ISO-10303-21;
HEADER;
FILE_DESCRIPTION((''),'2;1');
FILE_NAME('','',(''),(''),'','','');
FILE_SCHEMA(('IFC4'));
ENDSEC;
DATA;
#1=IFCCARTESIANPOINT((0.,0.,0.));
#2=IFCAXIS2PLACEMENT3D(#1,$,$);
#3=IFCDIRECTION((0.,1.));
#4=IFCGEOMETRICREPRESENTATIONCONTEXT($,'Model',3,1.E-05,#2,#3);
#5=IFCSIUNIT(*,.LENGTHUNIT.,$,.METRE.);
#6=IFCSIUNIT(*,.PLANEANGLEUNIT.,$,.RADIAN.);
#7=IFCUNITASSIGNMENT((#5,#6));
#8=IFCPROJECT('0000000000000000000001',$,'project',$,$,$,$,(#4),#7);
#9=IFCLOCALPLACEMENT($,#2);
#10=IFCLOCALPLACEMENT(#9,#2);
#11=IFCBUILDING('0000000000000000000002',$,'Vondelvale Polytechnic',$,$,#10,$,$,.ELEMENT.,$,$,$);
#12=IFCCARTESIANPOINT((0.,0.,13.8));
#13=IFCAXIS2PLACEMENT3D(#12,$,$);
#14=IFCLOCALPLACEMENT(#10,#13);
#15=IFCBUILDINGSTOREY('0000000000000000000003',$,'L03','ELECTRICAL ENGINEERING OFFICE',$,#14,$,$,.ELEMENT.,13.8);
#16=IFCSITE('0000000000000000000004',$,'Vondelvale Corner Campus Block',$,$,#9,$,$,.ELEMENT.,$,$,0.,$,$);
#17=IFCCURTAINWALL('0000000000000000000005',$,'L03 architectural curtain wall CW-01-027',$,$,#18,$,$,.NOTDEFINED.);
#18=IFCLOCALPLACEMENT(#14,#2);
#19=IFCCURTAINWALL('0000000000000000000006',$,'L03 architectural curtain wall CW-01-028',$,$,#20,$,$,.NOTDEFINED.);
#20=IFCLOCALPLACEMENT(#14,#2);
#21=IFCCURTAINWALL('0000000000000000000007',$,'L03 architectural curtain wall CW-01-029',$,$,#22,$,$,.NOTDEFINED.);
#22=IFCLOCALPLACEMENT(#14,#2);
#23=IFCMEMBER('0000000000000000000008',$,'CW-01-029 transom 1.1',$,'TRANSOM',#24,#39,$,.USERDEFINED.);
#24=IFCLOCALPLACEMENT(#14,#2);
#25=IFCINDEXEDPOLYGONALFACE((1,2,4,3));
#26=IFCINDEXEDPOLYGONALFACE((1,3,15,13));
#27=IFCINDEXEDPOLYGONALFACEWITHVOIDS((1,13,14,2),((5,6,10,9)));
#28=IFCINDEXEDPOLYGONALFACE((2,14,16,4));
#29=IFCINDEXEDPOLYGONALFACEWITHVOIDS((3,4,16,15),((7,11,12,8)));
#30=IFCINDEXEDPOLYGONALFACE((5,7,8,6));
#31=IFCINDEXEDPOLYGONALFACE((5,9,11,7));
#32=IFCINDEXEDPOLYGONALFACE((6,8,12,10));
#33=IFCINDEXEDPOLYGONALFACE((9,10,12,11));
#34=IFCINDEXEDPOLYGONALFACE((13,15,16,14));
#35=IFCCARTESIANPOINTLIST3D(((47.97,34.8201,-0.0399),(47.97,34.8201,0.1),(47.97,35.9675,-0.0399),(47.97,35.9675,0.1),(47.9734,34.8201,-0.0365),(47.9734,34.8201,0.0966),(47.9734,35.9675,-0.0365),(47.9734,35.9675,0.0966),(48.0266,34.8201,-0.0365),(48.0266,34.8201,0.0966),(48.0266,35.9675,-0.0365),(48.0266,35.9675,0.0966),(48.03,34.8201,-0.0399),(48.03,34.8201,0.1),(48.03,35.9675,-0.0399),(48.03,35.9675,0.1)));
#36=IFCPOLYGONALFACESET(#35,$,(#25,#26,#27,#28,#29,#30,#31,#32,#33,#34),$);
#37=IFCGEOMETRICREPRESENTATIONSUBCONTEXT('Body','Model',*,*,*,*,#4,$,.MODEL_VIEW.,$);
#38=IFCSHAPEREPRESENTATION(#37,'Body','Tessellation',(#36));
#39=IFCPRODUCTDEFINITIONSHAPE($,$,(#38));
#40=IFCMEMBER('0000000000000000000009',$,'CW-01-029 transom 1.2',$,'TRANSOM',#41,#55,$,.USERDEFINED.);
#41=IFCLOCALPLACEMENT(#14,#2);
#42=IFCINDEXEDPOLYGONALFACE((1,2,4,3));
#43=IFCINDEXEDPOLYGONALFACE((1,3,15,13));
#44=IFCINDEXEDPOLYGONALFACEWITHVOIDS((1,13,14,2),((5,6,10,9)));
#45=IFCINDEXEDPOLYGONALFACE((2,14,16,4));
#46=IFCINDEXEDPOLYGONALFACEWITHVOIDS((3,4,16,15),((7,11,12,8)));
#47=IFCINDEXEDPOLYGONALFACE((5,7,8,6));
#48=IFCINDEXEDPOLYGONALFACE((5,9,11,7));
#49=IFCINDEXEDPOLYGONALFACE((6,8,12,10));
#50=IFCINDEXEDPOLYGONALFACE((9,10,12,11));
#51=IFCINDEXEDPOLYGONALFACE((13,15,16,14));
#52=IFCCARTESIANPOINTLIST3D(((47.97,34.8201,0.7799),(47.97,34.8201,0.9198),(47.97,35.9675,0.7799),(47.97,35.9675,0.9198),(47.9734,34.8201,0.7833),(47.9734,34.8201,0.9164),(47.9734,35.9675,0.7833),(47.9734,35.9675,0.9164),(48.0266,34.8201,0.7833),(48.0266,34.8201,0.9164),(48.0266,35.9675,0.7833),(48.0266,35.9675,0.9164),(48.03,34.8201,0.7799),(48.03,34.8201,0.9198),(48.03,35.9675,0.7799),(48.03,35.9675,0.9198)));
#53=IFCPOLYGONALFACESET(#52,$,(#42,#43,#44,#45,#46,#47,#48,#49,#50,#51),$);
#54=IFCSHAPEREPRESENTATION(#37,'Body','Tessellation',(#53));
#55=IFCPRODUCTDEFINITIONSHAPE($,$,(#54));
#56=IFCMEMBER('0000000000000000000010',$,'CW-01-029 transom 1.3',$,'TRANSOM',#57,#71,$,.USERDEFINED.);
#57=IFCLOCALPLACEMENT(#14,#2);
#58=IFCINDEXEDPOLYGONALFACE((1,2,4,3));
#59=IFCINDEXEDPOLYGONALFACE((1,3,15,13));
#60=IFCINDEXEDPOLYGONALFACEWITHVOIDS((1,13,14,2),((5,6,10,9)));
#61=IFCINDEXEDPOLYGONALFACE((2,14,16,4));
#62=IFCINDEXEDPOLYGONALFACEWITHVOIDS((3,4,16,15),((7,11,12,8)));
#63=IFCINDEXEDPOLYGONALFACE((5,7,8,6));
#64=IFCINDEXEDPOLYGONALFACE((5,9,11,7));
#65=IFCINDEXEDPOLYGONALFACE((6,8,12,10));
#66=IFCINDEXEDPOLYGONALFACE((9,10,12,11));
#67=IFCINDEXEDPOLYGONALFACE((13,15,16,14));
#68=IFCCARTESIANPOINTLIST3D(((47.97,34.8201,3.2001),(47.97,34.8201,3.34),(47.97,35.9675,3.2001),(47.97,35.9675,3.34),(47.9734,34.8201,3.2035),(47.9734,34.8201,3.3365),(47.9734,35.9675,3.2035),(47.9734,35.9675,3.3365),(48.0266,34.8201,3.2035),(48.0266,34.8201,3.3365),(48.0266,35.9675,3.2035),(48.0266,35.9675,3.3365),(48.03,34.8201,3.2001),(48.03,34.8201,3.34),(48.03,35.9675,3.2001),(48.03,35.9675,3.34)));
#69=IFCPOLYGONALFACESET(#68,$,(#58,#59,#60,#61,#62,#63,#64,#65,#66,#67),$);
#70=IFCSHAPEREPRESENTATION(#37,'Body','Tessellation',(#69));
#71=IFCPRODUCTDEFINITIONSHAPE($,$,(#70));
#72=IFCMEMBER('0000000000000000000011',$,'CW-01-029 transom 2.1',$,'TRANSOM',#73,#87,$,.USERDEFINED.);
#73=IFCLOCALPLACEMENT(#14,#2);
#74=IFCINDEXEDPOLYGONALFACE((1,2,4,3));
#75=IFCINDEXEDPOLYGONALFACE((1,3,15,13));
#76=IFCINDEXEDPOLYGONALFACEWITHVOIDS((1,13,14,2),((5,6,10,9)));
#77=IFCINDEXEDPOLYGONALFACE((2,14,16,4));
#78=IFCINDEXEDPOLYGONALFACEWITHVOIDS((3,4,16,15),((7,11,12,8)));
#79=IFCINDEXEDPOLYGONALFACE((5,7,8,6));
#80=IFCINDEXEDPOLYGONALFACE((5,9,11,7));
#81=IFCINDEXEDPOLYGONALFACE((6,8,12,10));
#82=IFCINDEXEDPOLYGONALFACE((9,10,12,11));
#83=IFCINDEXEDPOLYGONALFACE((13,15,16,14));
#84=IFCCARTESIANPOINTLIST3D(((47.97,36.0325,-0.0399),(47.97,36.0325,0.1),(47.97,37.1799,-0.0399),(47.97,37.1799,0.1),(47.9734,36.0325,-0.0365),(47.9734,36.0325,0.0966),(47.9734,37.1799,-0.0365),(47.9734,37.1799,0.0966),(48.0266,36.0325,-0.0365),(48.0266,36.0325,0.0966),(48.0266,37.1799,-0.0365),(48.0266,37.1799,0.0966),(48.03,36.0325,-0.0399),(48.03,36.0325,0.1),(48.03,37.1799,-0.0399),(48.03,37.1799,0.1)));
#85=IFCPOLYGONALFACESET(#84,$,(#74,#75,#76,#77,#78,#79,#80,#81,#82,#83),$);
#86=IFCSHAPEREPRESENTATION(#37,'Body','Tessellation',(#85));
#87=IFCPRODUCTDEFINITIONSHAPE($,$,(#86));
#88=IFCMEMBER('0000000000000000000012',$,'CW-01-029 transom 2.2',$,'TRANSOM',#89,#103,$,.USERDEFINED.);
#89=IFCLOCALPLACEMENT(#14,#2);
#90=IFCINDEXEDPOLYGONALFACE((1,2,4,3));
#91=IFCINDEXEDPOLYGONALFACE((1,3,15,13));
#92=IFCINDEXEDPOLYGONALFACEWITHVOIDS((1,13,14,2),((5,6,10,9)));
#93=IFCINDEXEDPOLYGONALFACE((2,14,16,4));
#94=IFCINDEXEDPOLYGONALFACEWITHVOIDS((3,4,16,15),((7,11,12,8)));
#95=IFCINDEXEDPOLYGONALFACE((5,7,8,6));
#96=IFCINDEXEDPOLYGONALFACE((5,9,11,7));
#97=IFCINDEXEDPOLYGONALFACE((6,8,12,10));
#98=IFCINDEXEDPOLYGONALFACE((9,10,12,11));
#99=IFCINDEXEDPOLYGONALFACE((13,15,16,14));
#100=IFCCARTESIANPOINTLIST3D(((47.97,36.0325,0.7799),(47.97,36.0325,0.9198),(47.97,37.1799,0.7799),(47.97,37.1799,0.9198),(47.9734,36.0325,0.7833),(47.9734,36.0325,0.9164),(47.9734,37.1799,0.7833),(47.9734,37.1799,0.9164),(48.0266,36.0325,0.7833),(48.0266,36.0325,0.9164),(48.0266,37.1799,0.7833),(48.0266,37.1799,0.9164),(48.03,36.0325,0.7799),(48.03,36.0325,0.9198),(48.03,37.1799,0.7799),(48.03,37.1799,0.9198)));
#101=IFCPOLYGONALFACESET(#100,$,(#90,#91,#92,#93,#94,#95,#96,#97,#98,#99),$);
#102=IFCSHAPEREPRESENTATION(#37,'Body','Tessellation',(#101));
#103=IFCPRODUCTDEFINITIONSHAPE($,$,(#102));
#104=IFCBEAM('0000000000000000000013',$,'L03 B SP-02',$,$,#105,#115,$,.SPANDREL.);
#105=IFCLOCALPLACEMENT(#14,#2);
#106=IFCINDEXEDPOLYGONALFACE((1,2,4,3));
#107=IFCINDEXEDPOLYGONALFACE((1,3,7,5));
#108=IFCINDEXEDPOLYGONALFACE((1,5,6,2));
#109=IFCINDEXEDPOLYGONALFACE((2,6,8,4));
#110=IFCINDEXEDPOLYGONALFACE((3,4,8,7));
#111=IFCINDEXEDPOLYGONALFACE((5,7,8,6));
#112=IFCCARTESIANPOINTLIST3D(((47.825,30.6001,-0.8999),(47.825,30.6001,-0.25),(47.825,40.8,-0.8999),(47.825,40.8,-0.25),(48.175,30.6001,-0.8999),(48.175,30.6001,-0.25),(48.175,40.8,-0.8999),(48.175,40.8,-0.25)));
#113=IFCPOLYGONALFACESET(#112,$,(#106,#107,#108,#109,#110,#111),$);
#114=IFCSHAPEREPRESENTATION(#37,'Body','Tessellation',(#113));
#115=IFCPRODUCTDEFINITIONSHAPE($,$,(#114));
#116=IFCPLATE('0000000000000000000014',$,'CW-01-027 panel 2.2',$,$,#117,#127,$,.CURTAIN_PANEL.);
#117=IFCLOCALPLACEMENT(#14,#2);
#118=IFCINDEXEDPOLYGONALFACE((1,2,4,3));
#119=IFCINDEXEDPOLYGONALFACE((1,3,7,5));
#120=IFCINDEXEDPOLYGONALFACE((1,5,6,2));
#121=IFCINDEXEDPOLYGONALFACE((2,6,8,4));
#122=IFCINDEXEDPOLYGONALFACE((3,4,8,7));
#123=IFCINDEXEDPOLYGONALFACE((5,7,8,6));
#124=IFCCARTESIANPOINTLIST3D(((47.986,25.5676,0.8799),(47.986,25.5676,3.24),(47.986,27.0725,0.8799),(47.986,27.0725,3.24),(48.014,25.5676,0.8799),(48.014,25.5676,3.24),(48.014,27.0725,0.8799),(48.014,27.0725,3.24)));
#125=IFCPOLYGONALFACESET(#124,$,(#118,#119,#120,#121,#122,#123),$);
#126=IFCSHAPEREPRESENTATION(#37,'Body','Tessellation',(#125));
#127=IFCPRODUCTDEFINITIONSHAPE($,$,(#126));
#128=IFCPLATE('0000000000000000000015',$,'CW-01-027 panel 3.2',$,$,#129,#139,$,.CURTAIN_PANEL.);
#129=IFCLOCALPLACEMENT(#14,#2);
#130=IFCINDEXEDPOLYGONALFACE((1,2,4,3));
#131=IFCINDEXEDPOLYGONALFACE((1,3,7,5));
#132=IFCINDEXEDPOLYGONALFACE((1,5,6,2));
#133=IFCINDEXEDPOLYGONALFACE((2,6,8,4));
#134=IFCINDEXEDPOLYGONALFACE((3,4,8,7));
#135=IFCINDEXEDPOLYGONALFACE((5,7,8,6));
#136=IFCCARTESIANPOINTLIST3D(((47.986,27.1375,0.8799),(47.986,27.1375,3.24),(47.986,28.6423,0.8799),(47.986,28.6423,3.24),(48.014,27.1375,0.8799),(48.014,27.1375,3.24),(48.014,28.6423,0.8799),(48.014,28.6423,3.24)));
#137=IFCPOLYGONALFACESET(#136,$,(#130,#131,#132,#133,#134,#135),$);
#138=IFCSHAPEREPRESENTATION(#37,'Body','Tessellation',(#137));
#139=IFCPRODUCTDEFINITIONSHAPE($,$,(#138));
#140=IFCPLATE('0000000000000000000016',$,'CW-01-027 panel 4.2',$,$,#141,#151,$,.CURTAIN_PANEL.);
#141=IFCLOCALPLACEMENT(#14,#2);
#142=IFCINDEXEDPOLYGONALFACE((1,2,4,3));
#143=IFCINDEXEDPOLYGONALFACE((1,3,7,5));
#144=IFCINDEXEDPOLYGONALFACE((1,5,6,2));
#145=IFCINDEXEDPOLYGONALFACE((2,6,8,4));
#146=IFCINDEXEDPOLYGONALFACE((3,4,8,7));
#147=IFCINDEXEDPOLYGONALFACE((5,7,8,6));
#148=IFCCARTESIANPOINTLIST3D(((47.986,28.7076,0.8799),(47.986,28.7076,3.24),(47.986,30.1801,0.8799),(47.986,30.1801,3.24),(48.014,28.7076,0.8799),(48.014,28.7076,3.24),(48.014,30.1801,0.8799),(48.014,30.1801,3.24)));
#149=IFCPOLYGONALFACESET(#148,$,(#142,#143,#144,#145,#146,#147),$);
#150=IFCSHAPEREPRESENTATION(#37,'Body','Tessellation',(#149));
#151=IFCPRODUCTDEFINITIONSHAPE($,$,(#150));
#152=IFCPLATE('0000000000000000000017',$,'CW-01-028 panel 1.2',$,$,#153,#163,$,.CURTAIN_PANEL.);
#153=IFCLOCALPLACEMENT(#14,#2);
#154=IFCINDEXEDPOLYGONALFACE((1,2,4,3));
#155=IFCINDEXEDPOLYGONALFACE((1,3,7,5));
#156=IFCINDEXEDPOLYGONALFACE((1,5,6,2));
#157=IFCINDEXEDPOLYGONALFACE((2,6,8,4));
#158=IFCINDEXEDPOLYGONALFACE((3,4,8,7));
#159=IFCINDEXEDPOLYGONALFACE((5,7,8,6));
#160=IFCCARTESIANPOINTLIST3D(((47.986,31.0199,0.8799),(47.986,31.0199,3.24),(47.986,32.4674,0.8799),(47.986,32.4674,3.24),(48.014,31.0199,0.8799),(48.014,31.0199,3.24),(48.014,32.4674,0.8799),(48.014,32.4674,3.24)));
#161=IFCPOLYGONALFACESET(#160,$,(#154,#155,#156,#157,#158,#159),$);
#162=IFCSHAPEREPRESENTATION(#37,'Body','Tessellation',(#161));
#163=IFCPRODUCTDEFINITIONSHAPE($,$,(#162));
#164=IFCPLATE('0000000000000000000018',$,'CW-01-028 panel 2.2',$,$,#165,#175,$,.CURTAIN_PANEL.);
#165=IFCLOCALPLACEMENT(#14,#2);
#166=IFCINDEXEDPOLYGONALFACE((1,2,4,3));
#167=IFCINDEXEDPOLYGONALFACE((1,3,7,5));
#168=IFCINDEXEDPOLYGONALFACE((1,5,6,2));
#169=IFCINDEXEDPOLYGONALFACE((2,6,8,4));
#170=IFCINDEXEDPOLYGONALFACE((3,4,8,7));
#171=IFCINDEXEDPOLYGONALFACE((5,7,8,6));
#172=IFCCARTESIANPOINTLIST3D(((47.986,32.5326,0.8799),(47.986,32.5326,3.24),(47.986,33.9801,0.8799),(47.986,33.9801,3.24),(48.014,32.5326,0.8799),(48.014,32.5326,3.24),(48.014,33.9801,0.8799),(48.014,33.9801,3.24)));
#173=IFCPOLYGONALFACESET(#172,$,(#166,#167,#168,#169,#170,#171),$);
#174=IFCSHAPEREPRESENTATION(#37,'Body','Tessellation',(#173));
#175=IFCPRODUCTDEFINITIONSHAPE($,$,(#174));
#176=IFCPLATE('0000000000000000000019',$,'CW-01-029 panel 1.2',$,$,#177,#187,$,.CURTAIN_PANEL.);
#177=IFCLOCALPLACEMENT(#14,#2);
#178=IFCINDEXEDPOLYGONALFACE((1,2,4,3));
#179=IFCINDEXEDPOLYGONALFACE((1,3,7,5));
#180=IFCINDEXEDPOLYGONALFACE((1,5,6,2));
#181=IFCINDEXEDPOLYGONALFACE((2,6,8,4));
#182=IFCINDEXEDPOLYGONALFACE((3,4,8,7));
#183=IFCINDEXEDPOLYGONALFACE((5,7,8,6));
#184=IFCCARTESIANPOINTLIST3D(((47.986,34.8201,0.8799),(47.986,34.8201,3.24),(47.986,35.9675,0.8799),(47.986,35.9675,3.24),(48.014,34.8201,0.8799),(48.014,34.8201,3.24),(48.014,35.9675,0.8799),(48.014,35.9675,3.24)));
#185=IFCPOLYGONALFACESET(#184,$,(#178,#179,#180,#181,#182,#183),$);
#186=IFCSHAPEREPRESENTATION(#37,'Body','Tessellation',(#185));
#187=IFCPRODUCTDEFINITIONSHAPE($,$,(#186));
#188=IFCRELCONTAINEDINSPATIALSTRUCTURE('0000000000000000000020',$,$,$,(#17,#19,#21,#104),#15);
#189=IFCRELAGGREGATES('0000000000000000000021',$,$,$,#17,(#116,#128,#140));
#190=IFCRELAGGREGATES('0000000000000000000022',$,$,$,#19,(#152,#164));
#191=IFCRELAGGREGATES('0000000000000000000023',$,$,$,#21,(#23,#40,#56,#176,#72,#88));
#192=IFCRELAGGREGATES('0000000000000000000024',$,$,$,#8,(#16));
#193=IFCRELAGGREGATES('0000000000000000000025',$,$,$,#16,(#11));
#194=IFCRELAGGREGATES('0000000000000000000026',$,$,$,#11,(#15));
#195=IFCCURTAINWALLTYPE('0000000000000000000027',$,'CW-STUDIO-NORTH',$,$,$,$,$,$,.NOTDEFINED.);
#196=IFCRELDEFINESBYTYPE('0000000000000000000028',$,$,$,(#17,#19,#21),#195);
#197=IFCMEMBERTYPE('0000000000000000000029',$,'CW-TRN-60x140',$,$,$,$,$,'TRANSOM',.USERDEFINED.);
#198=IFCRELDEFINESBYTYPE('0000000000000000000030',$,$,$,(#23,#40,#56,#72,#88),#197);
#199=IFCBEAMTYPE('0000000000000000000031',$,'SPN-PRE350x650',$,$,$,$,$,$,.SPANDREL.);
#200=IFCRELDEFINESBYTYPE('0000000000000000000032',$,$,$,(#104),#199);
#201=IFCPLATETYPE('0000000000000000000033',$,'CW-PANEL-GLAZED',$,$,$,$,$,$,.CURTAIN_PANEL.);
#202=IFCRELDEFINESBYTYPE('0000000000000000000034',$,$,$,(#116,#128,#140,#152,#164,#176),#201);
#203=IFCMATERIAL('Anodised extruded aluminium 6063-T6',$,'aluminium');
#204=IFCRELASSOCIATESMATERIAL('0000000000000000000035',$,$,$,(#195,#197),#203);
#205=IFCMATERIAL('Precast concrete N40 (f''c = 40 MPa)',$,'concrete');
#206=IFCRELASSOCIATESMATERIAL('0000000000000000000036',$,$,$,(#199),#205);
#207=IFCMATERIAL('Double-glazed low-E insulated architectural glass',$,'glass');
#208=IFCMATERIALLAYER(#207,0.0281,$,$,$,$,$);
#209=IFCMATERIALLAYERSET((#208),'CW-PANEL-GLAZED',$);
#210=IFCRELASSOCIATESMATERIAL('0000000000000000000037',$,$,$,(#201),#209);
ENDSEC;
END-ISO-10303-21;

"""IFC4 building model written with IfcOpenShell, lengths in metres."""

from ifc_helpers import new_model, si_unit, direction, frame, origin, origin_2d, place, context, subcontext, project, spatial, rectangle, hollow_rectangle, extrude, material, layer, layer_set, material_profile, profile_set, type_object, element, aggregate, save


model = new_model("IFC4")

# Units and contexts
model_context = context("Model", 3, precision=1e-05, world=origin(), true_north=direction((0.0, 1.0)))
body_context = subcontext(model_context, "Body", "Model", "MODEL_VIEW")
ifc_project = project(units=[si_unit("LENGTHUNIT", "METRE"), si_unit("PLANEANGLEUNIT", "RADIAN")], contexts=[model_context])

# Site, building, storey
site_placement = place(None, origin())
site = spatial("IfcSite", under=ifc_project, at=site_placement, Name="Vondelvale Corner Campus Block", CompositionType="ELEMENT", RefElevation=0.0)
building_placement = place(site_placement, origin())
building = spatial("IfcBuilding", under=site, at=building_placement, Name="Vondelvale Polytechnic", CompositionType="ELEMENT")
storey_placement = place(building_placement, frame((0.0, 0.0, 13.8)))
storey = spatial("IfcBuildingStorey", under=building, at=storey_placement, Name="L03", Description="ELECTRICAL ENGINEERING OFFICE", CompositionType="ELEMENT", Elevation=13.8)

# Curtain walls
ifc_material_1 = material(Name="Anodised extruded aluminium 6063-T6", Category="aluminium")
curtain_wall_type = type_object("IfcCurtainWallType", Name="CW-STUDIO-NORTH", PredefinedType="NOTDEFINED", material=ifc_material_1)
curtain_wall_1_placement = place(storey_placement, origin())
curtain_wall_1 = element("IfcCurtainWall", 1, at=curtain_wall_1_placement, inside=storey, type_object=curtain_wall_type, Name="L03 architectural curtain wall CW-01-027", PredefinedType="NOTDEFINED")
curtain_wall_2_placement = place(storey_placement, origin())
curtain_wall_2 = element("IfcCurtainWall", 2, at=curtain_wall_2_placement, inside=storey, type_object=curtain_wall_type, Name="L03 architectural curtain wall CW-01-028", PredefinedType="NOTDEFINED")
curtain_wall_3_placement = place(storey_placement, origin())
curtain_wall_3 = element("IfcCurtainWall", 3, at=curtain_wall_3_placement, inside=storey, type_object=curtain_wall_type, Name="L03 architectural curtain wall CW-01-029", PredefinedType="NOTDEFINED")

# Members
ifc_material_profile_1 = material_profile(ifc_material_1, hollow_rectangle(XDim=0.0601, YDim=0.1399, WallThickness=0.0034, at=origin_2d()), Name="CW-TRN-140x60")
ifc_profile_set_1 = profile_set([ifc_material_profile_1], Name="Anodised extruded aluminium 6063-T6")
member_type_1 = type_object("IfcMemberType", Name="CW-TRN-60x140", ElementType="TRANSOM", PredefinedType="USERDEFINED", material=ifc_profile_set_1)
member_1_placement = place(storey_placement, frame((48.0, 34.8201, 0.03), z_axis=(0.0, 1.0, 0.0), x_axis=(-1.0, 0.0, 0.0)))
member_1 = element("IfcMember", 4, at=member_1_placement, type_object=member_type_1, Name="CW-01-029 transom 1.1", ObjectType="TRANSOM", PredefinedType="USERDEFINED", context=body_context, shape_type="SweptSolid", body=[
    extrude(hollow_rectangle(XDim=0.0601, YDim=0.1399, WallThickness=0.0034, at=origin_2d()), origin(), (0.0, 0.0, 1.0), 1.1475),
])
member_2_placement = place(storey_placement, frame((48.0, 34.8201, 0.8499), z_axis=(0.0, 1.0, 0.0), x_axis=(-1.0, 0.0, 0.0)))
member_2 = element("IfcMember", 5, at=member_2_placement, type_object=member_type_1, Name="CW-01-029 transom 1.2", ObjectType="TRANSOM", PredefinedType="USERDEFINED", context=body_context, shape_type="SweptSolid", body=[
    extrude(hollow_rectangle(XDim=0.0601, YDim=0.1399, WallThickness=0.0034, at=origin_2d()), origin(), (0.0, 0.0, 1.0), 1.1475),
])
member_3_placement = place(storey_placement, frame((48.0, 34.8201, 3.27), z_axis=(0.0, 1.0, 0.0), x_axis=(-1.0, 0.0, 0.0)))
member_3 = element("IfcMember", 6, at=member_3_placement, type_object=member_type_1, Name="CW-01-029 transom 1.3", ObjectType="TRANSOM", PredefinedType="USERDEFINED", context=body_context, shape_type="SweptSolid", body=[
    extrude(hollow_rectangle(XDim=0.0601, YDim=0.1399, WallThickness=0.0034, at=origin_2d()), origin(), (0.0, 0.0, 1.0), 1.1475),
])
member_4_placement = place(storey_placement, frame((48.0, 36.0325, 0.03), z_axis=(0.0, 1.0, 0.0), x_axis=(-1.0, 0.0, 0.0)))
member_4 = element("IfcMember", 7, at=member_4_placement, type_object=member_type_1, Name="CW-01-029 transom 2.1", ObjectType="TRANSOM", PredefinedType="USERDEFINED", context=body_context, shape_type="SweptSolid", body=[
    extrude(hollow_rectangle(XDim=0.0601, YDim=0.1399, WallThickness=0.0034, at=origin_2d()), origin(), (0.0, 0.0, 1.0), 1.1475),
])
member_5_placement = place(storey_placement, frame((48.0, 36.0325, 0.8499), z_axis=(0.0, 1.0, 0.0), x_axis=(-1.0, 0.0, 0.0)))
member_5 = element("IfcMember", 8, at=member_5_placement, type_object=member_type_1, Name="CW-01-029 transom 2.2", ObjectType="TRANSOM", PredefinedType="USERDEFINED", context=body_context, shape_type="SweptSolid", body=[
    extrude(hollow_rectangle(XDim=0.0601, YDim=0.1399, WallThickness=0.0034, at=origin_2d()), origin(), (0.0, 0.0, 1.0), 1.1475),
])

# Beam
ifc_material_2 = material(Name="Precast concrete N40 (f'c = 40 MPa)", Category="concrete")
ifc_material_profile_2 = material_profile(ifc_material_2, rectangle(XDim=0.3501, YDim=0.6499, at=origin_2d()), Name="RC-SPN-350x650")
ifc_profile_set_2 = profile_set([ifc_material_profile_2], Name="Precast concrete N40 (f'c = 40 MPa)")
beam_type = type_object("IfcBeamType", Name="SPN-PRE350x650", PredefinedType="SPANDREL", material=ifc_profile_set_2)
beam_placement = place(storey_placement, frame((48.0, 30.6001, -0.575), z_axis=(0.0, 1.0, 0.0), x_axis=(-1.0, 0.0, 0.0)))
element("IfcBeam", 9, at=beam_placement, inside=storey, type_object=beam_type, Name="L03 B SP-02", PredefinedType="SPANDREL", context=body_context, shape_type="SweptSolid", body=[
    extrude(rectangle(XDim=0.3501, YDim=0.6499, at=origin_2d()), origin(), (0.0, 0.0, 1.0), 10.2),
])

# Plates
ifc_material_3 = material(Name="Double-glazed low-E insulated architectural glass", Category="glass")
ifc_layer_1 = layer(ifc_material_3, 0.0281)
ifc_layer_set_1 = layer_set([ifc_layer_1], Name="CW-PANEL-GLAZED")
plate_type_1 = type_object("IfcPlateType", Name="CW-PANEL-GLAZED", PredefinedType="CURTAIN_PANEL", material=ifc_layer_set_1)
plate_1_placement = place(storey_placement, frame((48.0, 26.3201, 0.8799), z_axis=(0.0, 0.0, 1.0), x_axis=(0.0, 1.0, 0.0)))
plate_1 = element("IfcPlate", 10, at=plate_1_placement, type_object=plate_type_1, Name="CW-01-027 panel 2.2", PredefinedType="CURTAIN_PANEL", context=body_context, shape_type="SweptSolid", body=[
    extrude(rectangle(XDim=1.5049, YDim=0.0281, at=origin_2d()), origin(), (0.0, 0.0, 1.0), 2.3601),
])
plate_2_placement = place(storey_placement, frame((48.0, 27.8899, 0.8799), z_axis=(0.0, 0.0, 1.0), x_axis=(0.0, 1.0, 0.0)))
plate_2 = element("IfcPlate", 11, at=plate_2_placement, type_object=plate_type_1, Name="CW-01-027 panel 3.2", PredefinedType="CURTAIN_PANEL", context=body_context, shape_type="SweptSolid", body=[
    extrude(rectangle(XDim=1.5049, YDim=0.0281, at=origin_2d()), origin(), (0.0, 0.0, 1.0), 2.3601),
])
plate_3_placement = place(storey_placement, frame((48.0, 29.4438, 0.8799), z_axis=(0.0, 0.0, 1.0), x_axis=(0.0, 1.0, 0.0)))
plate_3 = element("IfcPlate", 12, at=plate_3_placement, type_object=plate_type_1, Name="CW-01-027 panel 4.2", PredefinedType="CURTAIN_PANEL", context=body_context, shape_type="SweptSolid", body=[
    extrude(rectangle(XDim=1.4724, YDim=0.0281, at=origin_2d()), origin(), (0.0, 0.0, 1.0), 2.3601),
])
plate_4_placement = place(storey_placement, frame((48.0, 31.7437, 0.8799), z_axis=(0.0, 0.0, 1.0), x_axis=(0.0, 1.0, 0.0)))
plate_4 = element("IfcPlate", 13, at=plate_4_placement, type_object=plate_type_1, Name="CW-01-028 panel 1.2", PredefinedType="CURTAIN_PANEL", context=body_context, shape_type="SweptSolid", body=[
    extrude(rectangle(XDim=1.4475, YDim=0.0281, at=origin_2d()), origin(), (0.0, 0.0, 1.0), 2.3601),
])
plate_5_placement = place(storey_placement, frame((48.0, 33.2563, 0.8799), z_axis=(0.0, 0.0, 1.0), x_axis=(0.0, 1.0, 0.0)))
plate_5 = element("IfcPlate", 14, at=plate_5_placement, type_object=plate_type_1, Name="CW-01-028 panel 2.2", PredefinedType="CURTAIN_PANEL", context=body_context, shape_type="SweptSolid", body=[
    extrude(rectangle(XDim=1.4475, YDim=0.0281, at=origin_2d()), origin(), (0.0, 0.0, 1.0), 2.3601),
])
plate_6_placement = place(storey_placement, frame((48.0, 35.3938, 0.8799), z_axis=(0.0, 0.0, 1.0), x_axis=(0.0, 1.0, 0.0)))
plate_6 = element("IfcPlate", 15, at=plate_6_placement, type_object=plate_type_1, Name="CW-01-029 panel 1.2", PredefinedType="CURTAIN_PANEL", context=body_context, shape_type="SweptSolid", body=[
    extrude(rectangle(XDim=1.1475, YDim=0.0281, at=origin_2d()), origin(), (0.0, 0.0, 1.0), 2.3601),
])
aggregate(curtain_wall_1, [plate_1, plate_2, plate_3])
aggregate(curtain_wall_2, [plate_4, plate_5])
aggregate(curtain_wall_3, [member_1, member_2, member_3, plate_6, member_4, member_5])

save(model, "model.ifc")
